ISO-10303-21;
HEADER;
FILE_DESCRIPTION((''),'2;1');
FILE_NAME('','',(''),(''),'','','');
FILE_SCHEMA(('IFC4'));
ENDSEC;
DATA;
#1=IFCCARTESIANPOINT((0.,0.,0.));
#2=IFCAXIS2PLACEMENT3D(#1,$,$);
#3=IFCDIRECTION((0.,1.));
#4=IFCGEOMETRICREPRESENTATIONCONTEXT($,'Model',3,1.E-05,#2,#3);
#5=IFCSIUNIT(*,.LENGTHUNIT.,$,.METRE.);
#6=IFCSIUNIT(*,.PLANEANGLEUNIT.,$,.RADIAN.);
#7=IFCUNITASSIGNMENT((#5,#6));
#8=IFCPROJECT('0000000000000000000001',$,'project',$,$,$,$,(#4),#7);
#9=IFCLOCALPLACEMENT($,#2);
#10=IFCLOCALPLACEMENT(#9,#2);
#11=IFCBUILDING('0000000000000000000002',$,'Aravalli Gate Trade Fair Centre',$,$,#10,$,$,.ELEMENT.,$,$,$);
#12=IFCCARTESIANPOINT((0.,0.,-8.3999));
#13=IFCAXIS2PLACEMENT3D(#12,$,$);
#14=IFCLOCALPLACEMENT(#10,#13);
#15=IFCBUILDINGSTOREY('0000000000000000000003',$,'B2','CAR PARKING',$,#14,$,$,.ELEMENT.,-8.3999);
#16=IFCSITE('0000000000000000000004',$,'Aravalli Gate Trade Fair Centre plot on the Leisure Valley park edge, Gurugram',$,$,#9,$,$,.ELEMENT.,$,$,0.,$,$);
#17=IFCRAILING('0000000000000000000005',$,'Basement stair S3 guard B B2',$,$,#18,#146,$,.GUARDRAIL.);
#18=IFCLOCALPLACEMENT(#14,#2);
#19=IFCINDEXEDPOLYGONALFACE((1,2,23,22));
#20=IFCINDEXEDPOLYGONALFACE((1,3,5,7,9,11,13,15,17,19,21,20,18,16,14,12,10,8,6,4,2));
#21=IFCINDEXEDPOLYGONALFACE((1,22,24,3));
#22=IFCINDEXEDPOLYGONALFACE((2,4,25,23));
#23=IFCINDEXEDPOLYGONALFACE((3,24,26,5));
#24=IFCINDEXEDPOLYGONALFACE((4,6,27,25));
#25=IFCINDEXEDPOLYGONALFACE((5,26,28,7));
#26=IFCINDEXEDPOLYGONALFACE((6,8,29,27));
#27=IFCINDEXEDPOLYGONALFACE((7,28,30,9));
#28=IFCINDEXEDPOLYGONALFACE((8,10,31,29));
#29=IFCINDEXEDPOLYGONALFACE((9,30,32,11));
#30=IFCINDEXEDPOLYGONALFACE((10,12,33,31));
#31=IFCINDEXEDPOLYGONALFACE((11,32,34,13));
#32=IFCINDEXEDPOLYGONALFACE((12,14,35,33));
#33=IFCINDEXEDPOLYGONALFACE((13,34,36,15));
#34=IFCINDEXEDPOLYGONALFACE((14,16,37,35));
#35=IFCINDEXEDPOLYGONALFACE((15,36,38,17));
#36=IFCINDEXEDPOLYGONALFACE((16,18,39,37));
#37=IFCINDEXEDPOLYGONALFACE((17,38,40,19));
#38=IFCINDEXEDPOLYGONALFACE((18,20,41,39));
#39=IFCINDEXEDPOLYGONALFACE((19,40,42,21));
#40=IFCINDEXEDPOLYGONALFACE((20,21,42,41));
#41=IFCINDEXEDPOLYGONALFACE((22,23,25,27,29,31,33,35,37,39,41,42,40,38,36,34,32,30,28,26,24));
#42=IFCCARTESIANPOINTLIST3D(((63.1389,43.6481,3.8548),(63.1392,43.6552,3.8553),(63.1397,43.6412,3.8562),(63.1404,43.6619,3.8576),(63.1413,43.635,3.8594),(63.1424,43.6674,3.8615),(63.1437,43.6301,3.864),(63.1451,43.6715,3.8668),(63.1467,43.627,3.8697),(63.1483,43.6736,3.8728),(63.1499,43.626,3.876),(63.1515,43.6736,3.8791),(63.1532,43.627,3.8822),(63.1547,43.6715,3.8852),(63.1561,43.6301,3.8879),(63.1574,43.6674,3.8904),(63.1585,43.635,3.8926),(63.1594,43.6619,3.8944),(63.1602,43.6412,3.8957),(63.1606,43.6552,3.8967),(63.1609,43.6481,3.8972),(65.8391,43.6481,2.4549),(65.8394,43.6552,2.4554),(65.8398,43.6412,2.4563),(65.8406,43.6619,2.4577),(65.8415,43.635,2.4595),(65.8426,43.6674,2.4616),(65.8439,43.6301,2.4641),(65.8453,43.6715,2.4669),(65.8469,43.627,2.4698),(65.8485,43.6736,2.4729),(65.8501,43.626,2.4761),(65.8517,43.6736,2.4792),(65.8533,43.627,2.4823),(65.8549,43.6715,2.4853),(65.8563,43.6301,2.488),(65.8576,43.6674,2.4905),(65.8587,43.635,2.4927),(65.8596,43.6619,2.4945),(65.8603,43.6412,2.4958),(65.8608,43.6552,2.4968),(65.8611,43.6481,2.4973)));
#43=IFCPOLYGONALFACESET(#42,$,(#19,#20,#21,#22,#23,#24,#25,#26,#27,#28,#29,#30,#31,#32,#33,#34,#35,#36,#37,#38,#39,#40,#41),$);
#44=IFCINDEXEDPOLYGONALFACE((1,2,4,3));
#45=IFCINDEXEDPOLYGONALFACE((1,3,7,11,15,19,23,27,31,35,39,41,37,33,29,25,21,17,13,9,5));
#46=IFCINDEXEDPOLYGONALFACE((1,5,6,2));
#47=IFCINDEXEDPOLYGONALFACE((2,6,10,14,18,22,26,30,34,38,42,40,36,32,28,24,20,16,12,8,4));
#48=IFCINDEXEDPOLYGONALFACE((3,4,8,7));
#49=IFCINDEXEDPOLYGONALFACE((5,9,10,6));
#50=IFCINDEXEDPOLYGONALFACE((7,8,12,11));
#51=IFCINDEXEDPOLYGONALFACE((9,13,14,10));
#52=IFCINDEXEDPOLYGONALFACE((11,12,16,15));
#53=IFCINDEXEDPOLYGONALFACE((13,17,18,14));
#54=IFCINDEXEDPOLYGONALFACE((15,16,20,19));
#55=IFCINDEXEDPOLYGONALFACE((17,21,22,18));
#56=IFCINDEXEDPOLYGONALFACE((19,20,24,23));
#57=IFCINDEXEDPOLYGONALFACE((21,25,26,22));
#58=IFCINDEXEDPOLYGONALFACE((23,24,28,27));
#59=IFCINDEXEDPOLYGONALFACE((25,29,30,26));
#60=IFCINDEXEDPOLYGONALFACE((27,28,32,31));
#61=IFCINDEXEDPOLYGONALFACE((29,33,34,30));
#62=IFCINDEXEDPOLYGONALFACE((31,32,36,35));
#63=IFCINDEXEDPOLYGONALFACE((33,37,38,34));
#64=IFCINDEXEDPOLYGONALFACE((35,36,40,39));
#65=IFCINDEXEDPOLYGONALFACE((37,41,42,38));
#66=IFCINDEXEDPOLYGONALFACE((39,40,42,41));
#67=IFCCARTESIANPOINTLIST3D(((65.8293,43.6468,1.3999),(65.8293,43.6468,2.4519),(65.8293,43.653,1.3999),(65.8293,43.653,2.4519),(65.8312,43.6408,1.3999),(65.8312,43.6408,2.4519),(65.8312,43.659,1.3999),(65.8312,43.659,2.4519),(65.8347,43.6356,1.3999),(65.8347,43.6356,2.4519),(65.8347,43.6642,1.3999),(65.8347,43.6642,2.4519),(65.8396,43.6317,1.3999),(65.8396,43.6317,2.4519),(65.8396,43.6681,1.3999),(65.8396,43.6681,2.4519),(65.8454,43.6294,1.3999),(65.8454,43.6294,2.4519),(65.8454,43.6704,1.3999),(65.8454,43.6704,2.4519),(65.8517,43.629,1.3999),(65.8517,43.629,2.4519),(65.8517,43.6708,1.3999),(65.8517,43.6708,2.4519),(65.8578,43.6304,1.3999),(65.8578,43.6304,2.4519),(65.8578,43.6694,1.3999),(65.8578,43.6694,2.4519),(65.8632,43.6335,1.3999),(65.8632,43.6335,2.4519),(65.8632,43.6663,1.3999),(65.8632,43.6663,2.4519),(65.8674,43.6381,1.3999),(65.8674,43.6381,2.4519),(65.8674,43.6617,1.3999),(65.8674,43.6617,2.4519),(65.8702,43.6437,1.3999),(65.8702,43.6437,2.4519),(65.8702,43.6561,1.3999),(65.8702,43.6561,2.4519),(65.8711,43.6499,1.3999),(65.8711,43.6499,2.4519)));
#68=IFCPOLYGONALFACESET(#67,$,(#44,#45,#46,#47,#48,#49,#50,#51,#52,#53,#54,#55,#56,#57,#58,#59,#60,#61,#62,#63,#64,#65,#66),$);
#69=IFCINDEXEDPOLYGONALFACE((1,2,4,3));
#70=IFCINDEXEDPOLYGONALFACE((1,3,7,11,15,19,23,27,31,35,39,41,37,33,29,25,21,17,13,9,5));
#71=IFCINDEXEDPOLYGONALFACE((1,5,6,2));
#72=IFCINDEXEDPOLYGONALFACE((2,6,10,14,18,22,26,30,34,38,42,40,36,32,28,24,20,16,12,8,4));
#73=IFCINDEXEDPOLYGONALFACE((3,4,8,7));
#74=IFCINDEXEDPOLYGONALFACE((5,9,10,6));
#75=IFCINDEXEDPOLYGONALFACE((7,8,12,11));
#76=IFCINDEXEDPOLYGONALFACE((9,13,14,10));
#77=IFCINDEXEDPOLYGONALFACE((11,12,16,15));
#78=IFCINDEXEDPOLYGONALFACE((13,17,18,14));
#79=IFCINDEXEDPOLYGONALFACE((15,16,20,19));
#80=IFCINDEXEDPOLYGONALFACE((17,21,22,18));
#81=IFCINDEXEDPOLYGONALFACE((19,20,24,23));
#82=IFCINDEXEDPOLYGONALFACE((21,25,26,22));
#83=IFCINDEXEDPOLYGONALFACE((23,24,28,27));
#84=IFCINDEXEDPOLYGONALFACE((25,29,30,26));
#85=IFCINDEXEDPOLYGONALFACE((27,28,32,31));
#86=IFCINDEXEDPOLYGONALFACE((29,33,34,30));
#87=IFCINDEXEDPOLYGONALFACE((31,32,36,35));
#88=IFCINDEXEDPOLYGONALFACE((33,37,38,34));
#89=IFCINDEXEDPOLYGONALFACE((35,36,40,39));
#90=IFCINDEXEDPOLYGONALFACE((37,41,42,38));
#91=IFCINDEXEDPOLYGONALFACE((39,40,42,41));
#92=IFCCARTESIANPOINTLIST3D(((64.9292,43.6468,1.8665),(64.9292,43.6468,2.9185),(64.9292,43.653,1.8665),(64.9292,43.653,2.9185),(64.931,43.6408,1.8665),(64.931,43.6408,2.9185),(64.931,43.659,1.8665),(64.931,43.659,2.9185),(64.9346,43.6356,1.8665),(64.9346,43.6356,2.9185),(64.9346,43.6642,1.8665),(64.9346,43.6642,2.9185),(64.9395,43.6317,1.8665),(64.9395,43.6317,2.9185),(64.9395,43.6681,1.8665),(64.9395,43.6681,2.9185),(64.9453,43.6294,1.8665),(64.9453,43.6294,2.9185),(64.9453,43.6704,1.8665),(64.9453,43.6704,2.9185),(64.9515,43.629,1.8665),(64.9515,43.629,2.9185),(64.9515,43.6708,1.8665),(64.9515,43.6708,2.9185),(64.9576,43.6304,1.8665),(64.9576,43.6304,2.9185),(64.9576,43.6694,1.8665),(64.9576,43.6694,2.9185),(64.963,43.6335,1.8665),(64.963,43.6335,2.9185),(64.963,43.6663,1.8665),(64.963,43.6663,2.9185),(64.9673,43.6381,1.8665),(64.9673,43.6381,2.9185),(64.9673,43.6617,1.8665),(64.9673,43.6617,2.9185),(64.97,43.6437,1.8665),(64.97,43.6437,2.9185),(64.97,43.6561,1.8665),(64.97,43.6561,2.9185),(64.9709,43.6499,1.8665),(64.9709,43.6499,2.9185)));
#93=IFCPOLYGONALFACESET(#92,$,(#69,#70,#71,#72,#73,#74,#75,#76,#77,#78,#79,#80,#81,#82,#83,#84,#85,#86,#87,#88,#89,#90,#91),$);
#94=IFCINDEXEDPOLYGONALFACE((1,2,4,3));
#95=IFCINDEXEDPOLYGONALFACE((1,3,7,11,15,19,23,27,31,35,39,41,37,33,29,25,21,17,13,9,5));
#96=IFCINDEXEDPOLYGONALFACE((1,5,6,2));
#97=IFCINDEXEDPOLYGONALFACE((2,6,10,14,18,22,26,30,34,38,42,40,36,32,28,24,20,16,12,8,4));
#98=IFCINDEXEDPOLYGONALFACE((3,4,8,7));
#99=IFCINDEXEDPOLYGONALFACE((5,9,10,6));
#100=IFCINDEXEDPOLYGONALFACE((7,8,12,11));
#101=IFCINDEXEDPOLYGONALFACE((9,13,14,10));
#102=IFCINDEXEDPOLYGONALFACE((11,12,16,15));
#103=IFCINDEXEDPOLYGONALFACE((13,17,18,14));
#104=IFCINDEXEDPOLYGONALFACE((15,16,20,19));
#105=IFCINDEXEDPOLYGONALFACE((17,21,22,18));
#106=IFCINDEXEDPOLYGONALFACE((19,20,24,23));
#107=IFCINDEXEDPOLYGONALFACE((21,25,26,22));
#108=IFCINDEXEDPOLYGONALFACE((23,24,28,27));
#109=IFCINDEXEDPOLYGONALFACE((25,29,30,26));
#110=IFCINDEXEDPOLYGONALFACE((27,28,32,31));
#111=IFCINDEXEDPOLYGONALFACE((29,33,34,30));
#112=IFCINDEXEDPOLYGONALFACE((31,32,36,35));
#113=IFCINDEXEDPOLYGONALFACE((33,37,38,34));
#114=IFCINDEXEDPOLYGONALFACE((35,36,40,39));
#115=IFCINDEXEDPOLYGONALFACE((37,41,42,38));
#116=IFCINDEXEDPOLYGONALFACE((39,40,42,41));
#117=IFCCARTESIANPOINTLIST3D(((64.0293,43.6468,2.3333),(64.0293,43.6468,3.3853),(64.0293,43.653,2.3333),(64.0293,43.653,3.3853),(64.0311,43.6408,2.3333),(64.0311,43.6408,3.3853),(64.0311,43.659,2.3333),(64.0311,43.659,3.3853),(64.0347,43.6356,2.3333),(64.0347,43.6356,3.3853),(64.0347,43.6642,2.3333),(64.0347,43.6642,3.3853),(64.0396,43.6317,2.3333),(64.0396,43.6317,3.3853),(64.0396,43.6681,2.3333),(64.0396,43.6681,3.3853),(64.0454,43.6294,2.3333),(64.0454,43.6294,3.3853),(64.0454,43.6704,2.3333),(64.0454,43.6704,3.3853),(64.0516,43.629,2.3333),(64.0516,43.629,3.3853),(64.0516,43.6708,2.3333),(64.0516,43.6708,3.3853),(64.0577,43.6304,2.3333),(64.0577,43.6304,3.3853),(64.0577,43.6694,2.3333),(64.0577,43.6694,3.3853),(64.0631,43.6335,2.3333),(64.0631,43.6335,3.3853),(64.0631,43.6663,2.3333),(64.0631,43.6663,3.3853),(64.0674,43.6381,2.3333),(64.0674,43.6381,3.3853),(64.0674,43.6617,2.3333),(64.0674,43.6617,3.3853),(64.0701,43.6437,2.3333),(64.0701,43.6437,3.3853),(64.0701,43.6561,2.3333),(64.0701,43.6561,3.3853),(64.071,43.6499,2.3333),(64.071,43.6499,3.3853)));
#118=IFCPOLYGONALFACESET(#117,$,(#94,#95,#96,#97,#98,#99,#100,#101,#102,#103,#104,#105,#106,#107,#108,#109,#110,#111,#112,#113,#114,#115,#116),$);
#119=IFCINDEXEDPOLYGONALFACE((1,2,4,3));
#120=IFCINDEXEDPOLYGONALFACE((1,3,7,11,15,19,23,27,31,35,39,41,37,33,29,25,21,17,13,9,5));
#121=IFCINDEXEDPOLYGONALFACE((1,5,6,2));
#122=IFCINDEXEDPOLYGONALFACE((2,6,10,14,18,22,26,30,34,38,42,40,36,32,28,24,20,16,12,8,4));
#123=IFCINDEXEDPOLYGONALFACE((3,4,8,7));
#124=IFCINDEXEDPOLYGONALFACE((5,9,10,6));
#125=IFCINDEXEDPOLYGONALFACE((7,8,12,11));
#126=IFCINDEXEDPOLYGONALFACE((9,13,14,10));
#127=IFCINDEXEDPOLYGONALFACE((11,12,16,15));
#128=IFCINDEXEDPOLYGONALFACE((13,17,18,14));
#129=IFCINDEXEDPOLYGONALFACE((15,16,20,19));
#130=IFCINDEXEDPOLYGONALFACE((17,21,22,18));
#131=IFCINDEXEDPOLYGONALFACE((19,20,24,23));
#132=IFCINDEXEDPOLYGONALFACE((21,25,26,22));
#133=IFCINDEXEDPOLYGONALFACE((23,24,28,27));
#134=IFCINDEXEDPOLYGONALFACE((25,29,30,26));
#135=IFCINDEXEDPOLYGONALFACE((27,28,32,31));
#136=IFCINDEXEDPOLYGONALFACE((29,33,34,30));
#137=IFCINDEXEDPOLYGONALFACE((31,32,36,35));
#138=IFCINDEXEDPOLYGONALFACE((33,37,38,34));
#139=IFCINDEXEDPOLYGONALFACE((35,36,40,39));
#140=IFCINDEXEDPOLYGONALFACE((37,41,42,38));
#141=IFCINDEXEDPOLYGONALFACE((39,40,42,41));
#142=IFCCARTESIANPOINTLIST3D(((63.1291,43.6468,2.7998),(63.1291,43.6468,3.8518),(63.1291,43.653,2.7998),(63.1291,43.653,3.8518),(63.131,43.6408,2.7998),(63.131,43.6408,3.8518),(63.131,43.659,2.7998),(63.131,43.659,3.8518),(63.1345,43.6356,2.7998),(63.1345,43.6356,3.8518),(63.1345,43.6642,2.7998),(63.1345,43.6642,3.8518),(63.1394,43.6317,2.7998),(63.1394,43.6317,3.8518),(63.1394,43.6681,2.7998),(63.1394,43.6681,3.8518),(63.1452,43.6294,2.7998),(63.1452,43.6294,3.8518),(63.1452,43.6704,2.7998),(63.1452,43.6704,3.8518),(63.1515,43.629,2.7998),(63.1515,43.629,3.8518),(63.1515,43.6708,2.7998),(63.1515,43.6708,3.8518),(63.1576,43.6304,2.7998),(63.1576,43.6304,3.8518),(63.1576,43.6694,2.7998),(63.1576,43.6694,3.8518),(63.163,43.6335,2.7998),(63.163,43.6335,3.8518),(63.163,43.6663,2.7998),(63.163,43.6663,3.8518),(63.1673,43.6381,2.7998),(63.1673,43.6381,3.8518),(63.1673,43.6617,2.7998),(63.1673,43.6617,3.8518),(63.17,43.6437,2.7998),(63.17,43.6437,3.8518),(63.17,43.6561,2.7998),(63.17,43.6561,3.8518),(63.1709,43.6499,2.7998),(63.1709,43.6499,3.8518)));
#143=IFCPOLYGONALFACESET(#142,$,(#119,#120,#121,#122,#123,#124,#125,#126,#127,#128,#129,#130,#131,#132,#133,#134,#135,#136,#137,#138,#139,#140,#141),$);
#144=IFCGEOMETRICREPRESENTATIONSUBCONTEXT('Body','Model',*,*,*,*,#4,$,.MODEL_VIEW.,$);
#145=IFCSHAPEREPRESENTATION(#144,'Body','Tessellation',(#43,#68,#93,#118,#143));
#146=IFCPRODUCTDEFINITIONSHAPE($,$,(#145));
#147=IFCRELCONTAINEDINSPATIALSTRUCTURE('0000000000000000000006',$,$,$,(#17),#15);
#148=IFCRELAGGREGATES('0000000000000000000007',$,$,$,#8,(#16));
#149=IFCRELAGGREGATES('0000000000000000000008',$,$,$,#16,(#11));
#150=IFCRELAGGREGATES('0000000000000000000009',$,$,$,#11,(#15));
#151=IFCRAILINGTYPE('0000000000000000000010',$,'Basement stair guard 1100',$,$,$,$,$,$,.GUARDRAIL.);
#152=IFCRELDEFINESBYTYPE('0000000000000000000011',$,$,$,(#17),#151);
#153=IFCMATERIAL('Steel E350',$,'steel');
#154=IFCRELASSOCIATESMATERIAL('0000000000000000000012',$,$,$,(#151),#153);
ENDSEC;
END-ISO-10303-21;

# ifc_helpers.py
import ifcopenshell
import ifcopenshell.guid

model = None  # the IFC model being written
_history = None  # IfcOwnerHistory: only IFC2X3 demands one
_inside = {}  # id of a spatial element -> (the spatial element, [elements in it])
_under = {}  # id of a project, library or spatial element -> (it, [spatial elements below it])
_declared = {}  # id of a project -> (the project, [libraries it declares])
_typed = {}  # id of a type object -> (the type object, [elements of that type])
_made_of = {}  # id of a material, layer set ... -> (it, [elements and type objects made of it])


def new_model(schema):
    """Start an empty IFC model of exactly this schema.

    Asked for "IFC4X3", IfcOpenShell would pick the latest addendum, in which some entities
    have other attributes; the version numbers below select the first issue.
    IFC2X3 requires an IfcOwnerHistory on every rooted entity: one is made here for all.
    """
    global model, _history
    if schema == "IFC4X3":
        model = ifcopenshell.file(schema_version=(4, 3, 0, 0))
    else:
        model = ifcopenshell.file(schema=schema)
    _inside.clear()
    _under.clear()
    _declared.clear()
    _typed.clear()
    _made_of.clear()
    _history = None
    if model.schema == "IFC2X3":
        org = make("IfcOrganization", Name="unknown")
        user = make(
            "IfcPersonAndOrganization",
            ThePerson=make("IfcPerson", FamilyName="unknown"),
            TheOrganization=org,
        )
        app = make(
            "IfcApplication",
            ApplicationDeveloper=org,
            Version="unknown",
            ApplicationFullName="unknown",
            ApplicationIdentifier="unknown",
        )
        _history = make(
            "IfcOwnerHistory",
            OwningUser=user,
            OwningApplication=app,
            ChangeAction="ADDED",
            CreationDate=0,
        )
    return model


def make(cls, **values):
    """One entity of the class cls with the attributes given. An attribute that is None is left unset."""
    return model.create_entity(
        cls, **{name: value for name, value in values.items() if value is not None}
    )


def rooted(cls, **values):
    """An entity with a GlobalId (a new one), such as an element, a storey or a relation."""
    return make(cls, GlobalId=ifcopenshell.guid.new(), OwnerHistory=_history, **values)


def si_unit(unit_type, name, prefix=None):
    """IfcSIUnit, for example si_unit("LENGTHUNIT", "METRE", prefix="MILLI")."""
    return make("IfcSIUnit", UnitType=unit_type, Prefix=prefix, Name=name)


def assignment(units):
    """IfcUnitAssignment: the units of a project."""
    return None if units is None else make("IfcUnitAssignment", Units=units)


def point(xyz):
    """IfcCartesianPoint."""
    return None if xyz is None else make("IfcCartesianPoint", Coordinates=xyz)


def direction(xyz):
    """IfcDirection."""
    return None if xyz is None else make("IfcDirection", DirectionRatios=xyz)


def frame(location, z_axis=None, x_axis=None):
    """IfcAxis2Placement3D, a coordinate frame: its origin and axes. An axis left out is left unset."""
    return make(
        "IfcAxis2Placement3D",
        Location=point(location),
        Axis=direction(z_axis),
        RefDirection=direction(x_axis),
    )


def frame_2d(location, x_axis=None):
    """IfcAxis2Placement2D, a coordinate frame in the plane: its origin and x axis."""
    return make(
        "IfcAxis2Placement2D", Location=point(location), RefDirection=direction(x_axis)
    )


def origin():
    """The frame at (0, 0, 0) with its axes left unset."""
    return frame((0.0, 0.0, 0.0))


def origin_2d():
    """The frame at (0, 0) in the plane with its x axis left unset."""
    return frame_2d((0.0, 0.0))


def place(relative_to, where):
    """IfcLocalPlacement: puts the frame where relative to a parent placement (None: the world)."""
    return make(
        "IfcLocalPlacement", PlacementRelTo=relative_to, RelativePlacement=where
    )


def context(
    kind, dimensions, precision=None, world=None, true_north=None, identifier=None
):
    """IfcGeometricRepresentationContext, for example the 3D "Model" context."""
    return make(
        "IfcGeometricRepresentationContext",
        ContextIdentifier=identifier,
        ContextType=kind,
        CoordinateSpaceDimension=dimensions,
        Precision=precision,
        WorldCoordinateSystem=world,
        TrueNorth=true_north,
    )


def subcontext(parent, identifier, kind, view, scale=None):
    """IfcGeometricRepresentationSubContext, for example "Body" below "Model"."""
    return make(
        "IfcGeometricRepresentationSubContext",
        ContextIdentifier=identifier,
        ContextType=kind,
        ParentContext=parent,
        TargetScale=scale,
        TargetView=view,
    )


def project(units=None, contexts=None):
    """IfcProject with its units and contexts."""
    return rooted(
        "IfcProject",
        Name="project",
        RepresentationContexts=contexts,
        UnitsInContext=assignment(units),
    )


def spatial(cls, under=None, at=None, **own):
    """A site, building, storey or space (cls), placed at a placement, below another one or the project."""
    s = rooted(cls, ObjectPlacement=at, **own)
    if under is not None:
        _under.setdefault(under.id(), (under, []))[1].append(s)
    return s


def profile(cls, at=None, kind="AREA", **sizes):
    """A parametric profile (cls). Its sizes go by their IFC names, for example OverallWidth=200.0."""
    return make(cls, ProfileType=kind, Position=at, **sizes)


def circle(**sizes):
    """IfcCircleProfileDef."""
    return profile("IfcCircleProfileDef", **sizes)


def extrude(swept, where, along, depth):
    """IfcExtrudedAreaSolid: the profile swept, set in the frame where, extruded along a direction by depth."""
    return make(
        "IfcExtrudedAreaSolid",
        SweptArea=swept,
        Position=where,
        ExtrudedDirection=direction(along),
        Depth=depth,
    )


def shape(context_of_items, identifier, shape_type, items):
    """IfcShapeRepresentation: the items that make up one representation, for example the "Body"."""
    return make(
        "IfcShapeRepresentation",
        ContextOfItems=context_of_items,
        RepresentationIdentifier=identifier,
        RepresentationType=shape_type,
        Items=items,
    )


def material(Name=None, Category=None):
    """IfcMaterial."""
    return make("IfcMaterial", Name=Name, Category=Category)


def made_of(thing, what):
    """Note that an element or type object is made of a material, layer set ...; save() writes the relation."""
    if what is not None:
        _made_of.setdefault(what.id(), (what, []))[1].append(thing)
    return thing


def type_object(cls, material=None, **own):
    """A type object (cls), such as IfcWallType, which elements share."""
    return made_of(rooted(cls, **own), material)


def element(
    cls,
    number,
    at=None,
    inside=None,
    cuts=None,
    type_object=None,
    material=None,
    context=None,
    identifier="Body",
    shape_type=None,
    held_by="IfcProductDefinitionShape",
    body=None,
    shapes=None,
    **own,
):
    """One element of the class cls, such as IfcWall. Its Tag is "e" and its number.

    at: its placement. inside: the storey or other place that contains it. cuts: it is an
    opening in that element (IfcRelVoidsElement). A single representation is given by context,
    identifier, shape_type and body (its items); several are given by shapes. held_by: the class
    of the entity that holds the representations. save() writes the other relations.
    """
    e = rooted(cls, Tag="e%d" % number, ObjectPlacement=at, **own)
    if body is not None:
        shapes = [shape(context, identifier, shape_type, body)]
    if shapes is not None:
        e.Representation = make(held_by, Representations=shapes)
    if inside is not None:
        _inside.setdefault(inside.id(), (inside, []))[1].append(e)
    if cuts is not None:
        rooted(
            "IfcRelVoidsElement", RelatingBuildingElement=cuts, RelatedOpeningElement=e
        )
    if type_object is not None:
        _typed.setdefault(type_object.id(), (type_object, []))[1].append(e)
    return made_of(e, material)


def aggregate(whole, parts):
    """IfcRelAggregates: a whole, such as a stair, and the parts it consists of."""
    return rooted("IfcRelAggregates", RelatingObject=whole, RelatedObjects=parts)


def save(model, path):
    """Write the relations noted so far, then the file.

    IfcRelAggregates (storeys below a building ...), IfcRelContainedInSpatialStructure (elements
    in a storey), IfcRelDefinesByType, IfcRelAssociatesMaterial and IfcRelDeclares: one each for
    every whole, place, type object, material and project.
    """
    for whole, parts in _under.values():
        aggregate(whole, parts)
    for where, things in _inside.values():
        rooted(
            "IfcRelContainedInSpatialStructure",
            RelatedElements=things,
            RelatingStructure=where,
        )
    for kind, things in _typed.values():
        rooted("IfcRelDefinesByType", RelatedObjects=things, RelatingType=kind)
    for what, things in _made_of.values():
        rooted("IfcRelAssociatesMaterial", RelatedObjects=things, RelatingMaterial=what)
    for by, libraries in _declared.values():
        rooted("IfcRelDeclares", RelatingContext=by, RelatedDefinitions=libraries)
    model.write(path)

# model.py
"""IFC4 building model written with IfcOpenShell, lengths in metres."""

from ifc_helpers import new_model, si_unit, direction, frame, origin, origin_2d, place, context, subcontext, project, spatial, circle, extrude, material, type_object, element, save


model = new_model("IFC4")

# Units and contexts
model_context = context("Model", 3, precision=1e-05, world=origin(), true_north=direction((0.0, 1.0)))
body_context = subcontext(model_context, "Body", "Model", "MODEL_VIEW")
ifc_project = project(units=[si_unit("LENGTHUNIT", "METRE"), si_unit("PLANEANGLEUNIT", "RADIAN")], contexts=[model_context])

# Site, building, storey
site_placement = place(None, origin())
site = spatial("IfcSite", under=ifc_project, at=site_placement, Name="Aravalli Gate Trade Fair Centre plot on the Leisure Valley park edge, Gurugram", CompositionType="ELEMENT", RefElevation=0.0)
building_placement = place(site_placement, origin())
building = spatial("IfcBuilding", under=site, at=building_placement, Name="Aravalli Gate Trade Fair Centre", CompositionType="ELEMENT")
storey_placement = place(building_placement, frame((0.0, 0.0, -8.3999)))
storey = spatial("IfcBuildingStorey", under=building, at=storey_placement, Name="B2", Description="CAR PARKING", CompositionType="ELEMENT", Elevation=-8.3999)

# Railing
ifc_material_1 = material(Name="Steel E350", Category="steel")
railing_type_1 = type_object("IfcRailingType", Name="Basement stair guard 1100", PredefinedType="GUARDRAIL", material=ifc_material_1)
railing_1_placement = place(storey_placement, frame((65.8501, 43.6499, 1.3999)))
element("IfcRailing", 1, at=railing_1_placement, inside=storey, type_object=railing_type_1, Name="Basement stair S3 guard B B2", PredefinedType="GUARDRAIL", context=body_context, shape_type="SweptSolid", body=[
    extrude(circle(Radius=0.0239, at=origin_2d()), frame((0.0, 0.0, 1.0762), z_axis=(-0.887781, 0.0, 0.460266), x_axis=(0.0, -1.0, 0.0)), (0.0, 0.0, 1.0), 3.0415),
    extrude(circle(Radius=0.021, at=origin_2d()), origin(), (0.0, 0.0, 1.0), 1.052),
    extrude(circle(Radius=0.021, at=origin_2d()), frame((-0.9001, 0.0, 0.4666)), (0.0, 0.0, 1.0), 1.052),
    extrude(circle(Radius=0.021, at=origin_2d()), frame((-1.8, 0.0, 0.9333)), (0.0, 0.0, 1.0), 1.052),
    extrude(circle(Radius=0.021, at=origin_2d()), frame((-2.7002, 0.0, 1.3999)), (0.0, 0.0, 1.0), 1.052),
])

save(model, "model.ifc")
